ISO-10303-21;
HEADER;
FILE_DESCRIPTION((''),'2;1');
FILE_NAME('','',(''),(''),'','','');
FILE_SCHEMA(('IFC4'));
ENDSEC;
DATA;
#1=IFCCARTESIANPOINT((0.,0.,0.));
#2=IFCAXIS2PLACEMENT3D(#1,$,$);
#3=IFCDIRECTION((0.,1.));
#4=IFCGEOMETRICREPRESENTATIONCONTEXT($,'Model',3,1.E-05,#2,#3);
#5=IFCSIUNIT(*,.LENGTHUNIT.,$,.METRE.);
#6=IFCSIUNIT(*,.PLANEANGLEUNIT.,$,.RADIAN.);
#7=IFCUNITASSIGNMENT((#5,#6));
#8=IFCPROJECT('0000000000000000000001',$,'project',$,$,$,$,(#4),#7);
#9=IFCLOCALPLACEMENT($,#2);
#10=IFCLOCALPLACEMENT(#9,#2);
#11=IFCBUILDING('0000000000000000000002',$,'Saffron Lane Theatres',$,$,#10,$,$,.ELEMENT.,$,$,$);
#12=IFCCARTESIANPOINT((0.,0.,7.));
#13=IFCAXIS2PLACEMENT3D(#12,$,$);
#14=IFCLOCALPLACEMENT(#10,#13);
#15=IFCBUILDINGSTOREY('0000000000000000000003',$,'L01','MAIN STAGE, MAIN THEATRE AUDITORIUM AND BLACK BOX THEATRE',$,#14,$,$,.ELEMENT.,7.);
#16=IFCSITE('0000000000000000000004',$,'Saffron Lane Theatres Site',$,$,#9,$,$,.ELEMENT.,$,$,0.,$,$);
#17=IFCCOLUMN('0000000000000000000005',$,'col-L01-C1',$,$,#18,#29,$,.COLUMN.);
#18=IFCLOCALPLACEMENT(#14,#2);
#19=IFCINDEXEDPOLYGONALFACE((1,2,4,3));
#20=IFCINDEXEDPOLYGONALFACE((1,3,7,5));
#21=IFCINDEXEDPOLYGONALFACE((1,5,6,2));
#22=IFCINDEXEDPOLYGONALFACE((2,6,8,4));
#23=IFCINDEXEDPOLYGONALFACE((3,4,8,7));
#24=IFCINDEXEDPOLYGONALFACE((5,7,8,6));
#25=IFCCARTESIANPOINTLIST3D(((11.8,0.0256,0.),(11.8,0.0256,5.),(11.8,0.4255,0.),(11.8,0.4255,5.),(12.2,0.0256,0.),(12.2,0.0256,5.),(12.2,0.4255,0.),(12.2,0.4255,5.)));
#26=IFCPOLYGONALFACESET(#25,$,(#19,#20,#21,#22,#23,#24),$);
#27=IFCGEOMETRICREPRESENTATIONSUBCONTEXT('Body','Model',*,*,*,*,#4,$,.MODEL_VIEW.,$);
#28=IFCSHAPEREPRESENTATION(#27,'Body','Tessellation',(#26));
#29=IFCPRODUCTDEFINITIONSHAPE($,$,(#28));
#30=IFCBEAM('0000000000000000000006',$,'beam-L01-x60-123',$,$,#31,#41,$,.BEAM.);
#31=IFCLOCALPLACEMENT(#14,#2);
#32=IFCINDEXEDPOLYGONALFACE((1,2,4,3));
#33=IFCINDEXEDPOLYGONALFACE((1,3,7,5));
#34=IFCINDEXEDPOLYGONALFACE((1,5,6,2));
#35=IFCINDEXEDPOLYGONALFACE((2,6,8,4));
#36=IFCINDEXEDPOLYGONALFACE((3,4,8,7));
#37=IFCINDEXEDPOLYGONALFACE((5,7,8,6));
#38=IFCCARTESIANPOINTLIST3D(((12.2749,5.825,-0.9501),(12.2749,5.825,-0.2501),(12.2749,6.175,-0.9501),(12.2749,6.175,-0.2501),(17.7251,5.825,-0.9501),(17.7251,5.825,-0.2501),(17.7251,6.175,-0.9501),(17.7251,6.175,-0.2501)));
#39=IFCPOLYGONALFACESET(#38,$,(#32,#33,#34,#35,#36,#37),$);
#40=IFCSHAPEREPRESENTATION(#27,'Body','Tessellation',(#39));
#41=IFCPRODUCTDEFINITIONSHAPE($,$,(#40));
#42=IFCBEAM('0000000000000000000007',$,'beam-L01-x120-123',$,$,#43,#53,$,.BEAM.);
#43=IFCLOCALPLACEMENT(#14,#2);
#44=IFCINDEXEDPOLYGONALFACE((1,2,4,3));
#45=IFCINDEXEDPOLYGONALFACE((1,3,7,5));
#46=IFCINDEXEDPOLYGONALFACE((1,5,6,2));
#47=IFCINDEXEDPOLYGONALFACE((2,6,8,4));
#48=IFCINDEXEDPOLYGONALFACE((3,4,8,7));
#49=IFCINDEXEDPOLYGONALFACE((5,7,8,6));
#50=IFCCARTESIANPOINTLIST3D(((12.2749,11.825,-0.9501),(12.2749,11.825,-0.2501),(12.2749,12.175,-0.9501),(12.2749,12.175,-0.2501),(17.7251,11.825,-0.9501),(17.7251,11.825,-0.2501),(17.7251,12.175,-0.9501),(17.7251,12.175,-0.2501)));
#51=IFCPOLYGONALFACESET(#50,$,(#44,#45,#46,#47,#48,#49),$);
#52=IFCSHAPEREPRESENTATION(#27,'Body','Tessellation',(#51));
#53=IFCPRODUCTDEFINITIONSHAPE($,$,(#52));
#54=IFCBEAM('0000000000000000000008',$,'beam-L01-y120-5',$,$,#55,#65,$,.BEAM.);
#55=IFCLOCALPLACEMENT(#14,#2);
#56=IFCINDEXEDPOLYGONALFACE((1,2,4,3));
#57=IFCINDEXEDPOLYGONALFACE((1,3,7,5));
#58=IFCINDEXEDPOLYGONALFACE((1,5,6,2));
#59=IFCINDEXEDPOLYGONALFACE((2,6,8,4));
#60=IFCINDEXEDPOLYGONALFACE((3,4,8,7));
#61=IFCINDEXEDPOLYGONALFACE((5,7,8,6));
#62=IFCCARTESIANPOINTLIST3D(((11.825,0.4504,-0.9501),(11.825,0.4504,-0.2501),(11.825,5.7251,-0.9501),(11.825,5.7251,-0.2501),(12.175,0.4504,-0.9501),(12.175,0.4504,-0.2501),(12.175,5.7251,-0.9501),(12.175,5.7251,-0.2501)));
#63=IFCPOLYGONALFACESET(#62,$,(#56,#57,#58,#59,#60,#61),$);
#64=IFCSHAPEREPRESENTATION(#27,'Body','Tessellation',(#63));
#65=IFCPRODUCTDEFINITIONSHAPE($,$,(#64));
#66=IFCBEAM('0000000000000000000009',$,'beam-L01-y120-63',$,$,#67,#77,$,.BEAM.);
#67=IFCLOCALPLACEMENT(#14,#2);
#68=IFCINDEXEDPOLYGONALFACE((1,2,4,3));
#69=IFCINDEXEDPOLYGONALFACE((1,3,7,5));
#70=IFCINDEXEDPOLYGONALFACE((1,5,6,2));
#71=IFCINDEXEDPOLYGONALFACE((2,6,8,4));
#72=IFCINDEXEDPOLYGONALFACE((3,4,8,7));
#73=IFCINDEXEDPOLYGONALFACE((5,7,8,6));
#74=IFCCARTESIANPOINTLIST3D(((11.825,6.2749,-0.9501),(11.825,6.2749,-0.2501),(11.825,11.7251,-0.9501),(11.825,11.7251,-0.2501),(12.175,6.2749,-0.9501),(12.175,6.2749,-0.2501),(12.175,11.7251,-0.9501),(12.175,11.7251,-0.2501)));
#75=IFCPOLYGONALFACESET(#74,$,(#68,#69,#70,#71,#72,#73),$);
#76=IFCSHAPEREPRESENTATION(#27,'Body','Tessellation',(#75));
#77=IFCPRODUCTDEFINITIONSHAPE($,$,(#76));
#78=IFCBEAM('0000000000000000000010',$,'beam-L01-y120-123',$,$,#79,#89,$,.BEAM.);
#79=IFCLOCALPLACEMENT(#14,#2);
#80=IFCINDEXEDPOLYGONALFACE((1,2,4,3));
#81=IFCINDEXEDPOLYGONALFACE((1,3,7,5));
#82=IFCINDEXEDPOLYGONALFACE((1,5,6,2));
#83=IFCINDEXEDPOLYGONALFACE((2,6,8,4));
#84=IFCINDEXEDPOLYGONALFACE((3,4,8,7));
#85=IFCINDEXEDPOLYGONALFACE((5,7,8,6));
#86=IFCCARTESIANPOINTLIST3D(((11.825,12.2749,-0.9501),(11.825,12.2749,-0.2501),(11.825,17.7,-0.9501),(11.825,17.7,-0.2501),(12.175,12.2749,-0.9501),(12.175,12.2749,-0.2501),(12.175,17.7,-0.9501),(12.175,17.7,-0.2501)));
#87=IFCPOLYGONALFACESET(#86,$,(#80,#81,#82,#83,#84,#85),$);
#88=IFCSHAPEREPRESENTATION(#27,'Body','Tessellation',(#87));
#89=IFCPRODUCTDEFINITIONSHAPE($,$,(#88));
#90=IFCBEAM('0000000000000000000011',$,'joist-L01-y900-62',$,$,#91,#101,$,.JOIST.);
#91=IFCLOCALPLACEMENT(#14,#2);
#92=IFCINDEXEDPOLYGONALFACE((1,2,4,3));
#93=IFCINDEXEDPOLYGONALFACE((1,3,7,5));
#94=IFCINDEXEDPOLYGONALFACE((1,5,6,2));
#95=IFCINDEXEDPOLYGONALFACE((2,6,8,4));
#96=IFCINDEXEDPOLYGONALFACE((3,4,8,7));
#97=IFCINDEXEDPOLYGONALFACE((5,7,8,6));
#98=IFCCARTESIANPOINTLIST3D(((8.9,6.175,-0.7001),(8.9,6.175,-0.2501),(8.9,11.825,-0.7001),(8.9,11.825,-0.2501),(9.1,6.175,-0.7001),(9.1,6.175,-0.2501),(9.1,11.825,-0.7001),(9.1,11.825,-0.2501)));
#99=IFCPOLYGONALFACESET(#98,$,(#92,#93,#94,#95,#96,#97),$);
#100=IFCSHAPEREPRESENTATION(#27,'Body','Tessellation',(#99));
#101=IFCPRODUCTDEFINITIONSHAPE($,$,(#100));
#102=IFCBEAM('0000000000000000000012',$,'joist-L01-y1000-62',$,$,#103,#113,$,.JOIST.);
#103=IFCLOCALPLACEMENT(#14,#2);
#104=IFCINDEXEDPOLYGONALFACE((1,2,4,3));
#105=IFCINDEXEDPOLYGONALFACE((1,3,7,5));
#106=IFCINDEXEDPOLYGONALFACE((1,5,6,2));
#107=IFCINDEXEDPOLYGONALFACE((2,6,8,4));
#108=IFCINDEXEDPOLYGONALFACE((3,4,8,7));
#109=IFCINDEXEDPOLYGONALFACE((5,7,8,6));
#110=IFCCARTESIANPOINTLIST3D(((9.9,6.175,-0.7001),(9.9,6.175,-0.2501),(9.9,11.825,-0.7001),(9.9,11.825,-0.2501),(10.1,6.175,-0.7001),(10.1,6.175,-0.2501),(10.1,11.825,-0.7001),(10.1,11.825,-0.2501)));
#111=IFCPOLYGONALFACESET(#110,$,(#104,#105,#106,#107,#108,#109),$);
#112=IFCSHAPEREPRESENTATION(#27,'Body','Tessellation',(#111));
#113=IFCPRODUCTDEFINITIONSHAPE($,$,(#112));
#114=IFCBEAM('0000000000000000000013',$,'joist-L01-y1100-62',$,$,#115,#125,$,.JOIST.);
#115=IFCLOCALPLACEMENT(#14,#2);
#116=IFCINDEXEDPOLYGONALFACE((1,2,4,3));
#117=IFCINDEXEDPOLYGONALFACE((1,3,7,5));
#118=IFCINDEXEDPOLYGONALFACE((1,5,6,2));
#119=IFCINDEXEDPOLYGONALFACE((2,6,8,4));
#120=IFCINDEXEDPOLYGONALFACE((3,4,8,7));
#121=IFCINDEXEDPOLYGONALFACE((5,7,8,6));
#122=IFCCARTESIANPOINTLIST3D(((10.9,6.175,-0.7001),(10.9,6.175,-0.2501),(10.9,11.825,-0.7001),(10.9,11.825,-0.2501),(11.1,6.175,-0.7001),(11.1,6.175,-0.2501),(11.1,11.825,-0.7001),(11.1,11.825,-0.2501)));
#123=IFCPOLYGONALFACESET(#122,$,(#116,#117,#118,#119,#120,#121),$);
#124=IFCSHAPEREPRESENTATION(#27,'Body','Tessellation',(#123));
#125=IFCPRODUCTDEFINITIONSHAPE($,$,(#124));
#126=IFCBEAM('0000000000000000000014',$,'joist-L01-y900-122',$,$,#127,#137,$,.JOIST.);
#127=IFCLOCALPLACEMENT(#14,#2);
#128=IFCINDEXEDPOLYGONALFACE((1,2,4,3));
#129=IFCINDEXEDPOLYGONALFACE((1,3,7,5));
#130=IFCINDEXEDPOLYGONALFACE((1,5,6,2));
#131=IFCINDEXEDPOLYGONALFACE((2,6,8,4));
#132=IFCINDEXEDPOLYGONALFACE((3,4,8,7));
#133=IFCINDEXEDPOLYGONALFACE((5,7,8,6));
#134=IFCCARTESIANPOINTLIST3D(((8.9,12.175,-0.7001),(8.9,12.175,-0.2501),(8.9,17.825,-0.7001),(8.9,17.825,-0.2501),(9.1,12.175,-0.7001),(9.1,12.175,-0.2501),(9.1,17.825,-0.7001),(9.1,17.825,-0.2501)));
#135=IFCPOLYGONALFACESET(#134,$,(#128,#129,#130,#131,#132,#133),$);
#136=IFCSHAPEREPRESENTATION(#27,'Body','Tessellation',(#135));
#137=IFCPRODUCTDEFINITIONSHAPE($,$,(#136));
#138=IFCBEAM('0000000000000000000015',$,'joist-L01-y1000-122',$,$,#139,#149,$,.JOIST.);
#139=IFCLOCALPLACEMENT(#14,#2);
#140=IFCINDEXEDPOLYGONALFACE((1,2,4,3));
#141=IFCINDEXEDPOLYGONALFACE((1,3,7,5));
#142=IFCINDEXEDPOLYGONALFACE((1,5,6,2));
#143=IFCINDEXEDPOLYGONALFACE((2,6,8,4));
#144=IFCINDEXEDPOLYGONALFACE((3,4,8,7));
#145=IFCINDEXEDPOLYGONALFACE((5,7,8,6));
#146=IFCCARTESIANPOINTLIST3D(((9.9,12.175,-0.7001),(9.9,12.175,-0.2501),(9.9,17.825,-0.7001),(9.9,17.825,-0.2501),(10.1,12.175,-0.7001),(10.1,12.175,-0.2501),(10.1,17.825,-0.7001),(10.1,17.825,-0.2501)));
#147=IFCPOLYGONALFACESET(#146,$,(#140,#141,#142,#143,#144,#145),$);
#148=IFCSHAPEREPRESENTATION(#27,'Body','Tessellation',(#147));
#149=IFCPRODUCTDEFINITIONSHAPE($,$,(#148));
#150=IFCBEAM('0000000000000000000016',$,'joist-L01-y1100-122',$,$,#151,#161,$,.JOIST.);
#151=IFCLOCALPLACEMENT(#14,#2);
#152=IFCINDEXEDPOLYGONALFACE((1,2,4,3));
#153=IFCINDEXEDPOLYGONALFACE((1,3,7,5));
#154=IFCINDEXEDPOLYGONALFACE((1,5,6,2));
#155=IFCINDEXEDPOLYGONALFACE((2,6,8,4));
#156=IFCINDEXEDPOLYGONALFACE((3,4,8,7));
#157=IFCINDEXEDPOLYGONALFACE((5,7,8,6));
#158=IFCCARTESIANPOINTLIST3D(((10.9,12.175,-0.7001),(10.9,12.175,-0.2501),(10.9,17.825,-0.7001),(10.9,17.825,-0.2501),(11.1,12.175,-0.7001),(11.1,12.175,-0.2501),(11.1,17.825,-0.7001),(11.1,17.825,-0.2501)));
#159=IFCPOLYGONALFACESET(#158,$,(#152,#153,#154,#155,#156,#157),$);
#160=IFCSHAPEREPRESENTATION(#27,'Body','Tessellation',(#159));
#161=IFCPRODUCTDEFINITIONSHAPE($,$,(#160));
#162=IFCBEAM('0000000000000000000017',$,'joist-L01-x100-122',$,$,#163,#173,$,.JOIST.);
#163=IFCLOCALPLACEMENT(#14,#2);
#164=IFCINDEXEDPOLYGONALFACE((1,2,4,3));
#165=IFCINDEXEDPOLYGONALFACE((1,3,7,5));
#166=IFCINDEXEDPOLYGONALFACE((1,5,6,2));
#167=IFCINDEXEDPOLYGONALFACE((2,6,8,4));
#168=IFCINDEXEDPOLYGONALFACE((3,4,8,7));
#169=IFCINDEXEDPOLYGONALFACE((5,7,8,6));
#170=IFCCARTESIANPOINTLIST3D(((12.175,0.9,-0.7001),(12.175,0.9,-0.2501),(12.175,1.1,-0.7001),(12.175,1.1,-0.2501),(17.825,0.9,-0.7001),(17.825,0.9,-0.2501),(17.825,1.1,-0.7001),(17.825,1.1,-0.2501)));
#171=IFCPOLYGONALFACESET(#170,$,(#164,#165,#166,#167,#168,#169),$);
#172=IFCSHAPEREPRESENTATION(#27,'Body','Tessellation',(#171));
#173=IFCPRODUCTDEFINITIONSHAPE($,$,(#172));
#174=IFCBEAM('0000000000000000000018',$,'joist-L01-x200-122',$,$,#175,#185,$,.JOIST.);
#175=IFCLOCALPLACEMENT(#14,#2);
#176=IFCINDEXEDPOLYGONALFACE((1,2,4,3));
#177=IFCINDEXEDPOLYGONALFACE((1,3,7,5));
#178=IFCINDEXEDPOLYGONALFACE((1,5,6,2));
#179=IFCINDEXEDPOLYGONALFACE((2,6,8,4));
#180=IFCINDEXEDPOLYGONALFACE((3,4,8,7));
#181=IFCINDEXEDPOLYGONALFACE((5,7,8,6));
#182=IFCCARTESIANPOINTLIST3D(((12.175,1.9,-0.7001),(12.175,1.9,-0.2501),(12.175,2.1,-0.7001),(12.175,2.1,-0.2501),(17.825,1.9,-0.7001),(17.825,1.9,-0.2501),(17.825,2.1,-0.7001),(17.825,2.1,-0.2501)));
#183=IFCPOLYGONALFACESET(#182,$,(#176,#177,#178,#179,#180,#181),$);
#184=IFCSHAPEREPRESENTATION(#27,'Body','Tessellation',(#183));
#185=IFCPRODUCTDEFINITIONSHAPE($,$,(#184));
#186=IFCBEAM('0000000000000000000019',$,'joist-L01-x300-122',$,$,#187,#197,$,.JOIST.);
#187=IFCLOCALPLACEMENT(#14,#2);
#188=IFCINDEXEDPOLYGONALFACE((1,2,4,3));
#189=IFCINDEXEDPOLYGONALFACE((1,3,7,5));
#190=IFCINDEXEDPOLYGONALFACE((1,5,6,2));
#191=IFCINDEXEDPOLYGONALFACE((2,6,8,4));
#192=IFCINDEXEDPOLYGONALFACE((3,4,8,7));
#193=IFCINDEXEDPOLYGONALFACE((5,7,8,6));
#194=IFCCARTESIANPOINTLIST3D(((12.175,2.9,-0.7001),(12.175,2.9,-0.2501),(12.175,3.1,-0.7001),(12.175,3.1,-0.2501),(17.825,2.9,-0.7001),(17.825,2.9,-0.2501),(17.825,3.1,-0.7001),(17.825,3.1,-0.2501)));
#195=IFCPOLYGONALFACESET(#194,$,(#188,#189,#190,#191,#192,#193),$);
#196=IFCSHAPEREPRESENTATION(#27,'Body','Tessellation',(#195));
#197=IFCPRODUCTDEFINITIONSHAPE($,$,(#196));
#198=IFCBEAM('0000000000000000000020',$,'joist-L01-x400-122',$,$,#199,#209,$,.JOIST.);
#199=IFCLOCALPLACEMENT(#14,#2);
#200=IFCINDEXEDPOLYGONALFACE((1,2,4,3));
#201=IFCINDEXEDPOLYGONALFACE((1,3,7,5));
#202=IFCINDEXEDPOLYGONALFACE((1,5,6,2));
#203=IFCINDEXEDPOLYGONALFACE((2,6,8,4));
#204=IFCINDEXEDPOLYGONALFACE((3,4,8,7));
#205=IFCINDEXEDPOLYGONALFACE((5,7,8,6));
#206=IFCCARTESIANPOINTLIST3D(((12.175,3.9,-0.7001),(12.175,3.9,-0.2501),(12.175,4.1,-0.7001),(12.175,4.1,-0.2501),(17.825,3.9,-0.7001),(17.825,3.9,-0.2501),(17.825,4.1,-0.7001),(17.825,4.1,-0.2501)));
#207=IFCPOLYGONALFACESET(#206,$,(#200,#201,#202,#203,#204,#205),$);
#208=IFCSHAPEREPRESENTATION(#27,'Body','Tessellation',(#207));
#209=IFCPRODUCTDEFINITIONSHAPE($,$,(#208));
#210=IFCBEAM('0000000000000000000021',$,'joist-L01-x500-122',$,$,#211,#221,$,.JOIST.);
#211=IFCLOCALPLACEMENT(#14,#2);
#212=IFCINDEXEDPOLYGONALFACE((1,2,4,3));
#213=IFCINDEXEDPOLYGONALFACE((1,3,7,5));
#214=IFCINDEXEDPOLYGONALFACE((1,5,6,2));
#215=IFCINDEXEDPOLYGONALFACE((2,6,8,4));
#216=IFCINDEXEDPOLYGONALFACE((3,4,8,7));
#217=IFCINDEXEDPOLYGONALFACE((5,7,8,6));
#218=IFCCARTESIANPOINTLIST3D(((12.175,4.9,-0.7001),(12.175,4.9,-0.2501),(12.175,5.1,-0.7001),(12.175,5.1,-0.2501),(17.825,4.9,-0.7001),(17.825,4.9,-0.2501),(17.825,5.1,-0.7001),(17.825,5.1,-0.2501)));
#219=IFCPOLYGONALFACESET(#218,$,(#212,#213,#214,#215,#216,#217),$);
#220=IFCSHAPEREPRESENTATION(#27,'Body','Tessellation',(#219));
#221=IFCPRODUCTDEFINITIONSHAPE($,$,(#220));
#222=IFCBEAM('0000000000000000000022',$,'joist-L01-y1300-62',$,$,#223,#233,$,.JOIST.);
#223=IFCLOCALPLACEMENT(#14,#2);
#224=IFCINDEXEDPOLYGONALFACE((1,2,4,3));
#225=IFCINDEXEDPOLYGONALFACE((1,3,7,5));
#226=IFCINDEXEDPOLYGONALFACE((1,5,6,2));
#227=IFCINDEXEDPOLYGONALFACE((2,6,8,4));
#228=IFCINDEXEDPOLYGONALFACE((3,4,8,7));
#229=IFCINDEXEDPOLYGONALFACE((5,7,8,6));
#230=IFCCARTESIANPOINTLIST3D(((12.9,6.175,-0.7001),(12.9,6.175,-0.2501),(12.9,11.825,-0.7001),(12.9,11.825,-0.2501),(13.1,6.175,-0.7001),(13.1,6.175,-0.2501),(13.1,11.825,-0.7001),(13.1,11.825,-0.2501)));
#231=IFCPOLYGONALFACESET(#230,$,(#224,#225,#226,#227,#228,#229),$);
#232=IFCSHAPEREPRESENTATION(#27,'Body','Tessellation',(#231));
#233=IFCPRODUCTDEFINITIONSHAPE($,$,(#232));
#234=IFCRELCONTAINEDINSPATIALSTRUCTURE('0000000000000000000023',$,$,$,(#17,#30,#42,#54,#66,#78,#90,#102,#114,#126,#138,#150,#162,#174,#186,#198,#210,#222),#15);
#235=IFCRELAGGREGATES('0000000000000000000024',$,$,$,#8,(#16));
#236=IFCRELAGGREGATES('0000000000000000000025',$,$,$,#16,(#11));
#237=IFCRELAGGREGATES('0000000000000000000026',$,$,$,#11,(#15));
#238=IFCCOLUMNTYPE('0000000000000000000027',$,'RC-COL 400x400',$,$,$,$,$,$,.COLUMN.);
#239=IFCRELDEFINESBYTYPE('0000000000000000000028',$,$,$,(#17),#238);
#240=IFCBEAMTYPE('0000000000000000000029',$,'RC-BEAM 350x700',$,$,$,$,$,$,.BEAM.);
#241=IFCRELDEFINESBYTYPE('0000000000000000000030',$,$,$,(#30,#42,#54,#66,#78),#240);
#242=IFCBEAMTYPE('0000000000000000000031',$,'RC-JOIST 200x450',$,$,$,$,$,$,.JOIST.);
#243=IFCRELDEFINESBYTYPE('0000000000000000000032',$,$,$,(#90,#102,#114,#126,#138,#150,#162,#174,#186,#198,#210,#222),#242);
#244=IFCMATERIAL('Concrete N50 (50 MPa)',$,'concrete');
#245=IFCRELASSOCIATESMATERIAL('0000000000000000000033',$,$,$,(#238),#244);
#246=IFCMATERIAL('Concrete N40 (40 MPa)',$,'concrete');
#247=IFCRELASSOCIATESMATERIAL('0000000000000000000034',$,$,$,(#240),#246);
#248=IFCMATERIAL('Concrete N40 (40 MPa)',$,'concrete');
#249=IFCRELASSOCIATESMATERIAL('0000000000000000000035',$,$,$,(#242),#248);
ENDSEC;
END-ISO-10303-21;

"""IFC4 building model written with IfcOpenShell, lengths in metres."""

from ifc_helpers import new_model, si_unit, direction, frame, origin, origin_2d, place, context, subcontext, project, spatial, rectangle, extrude, material, material_profile, profile_set, type_object, element, save


model = new_model("IFC4")

# Units and contexts
model_context = context("Model", 3, precision=1e-05, world=origin(), true_north=direction((0.0, 1.0)))
body_context = subcontext(model_context, "Body", "Model", "MODEL_VIEW")
ifc_project = project(units=[si_unit("LENGTHUNIT", "METRE"), si_unit("PLANEANGLEUNIT", "RADIAN")], contexts=[model_context])

# Site, building, storey
site_placement = place(None, origin())
site = spatial("IfcSite", under=ifc_project, at=site_placement, Name="Saffron Lane Theatres Site", CompositionType="ELEMENT", RefElevation=0.0)
building_placement = place(site_placement, origin())
building = spatial("IfcBuilding", under=site, at=building_placement, Name="Saffron Lane Theatres", CompositionType="ELEMENT")
storey_placement = place(building_placement, frame((0.0, 0.0, 7.0)))
storey = spatial("IfcBuildingStorey", under=building, at=storey_placement, Name="L01", Description="MAIN STAGE, MAIN THEATRE AUDITORIUM AND BLACK BOX THEATRE", CompositionType="ELEMENT", Elevation=7.0)

# Column
ifc_material_1 = material(Name="Concrete N50 (50 MPa)", Category="concrete")
ifc_material_profile_1 = material_profile(ifc_material_1, rectangle(XDim=0.3999, YDim=0.3999, at=origin_2d()))
ifc_profile_set_1 = profile_set([ifc_material_profile_1], Name="Concrete N50 (50 MPa)")
column_type = type_object("IfcColumnType", Name="RC-COL 400x400", PredefinedType="COLUMN", material=ifc_profile_set_1)
column_placement = place(storey_placement, frame((12.0, 0.2256, 0.0), z_axis=(0.0, 0.0, 1.0), x_axis=(1.0, 0.0, 0.0)))
element("IfcColumn", 1, at=column_placement, inside=storey, type_object=column_type, Name="col-L01-C1", PredefinedType="COLUMN", context=body_context, shape_type="SweptSolid", body=[
    extrude(rectangle(XDim=0.3999, YDim=0.3999, at=origin_2d()), origin(), (0.0, 0.0, 1.0), 5.0),
])

# Beams
ifc_material_2 = material(Name="Concrete N40 (40 MPa)", Category="concrete")
ifc_material_profile_2 = material_profile(ifc_material_2, rectangle(XDim=0.3501, YDim=0.7, at=origin_2d()))
ifc_profile_set_2 = profile_set([ifc_material_profile_2], Name="Concrete N40 (40 MPa)")
beam_type_1 = type_object("IfcBeamType", Name="RC-BEAM 350x700", PredefinedType="BEAM", material=ifc_profile_set_2)
for number, where, z_axis, x_axis, name in (
    (2, (12.2749, 6.0, -0.6001), (1.0, 0.0, 0.0), (0.0, 1.0, 0.0), "beam-L01-x60-123"),
    (3, (12.2749, 12.0, -0.6001), (1.0, 0.0, 0.0), (0.0, 1.0, 0.0), "beam-L01-x120-123"),
):
    element("IfcBeam", number, at=place(storey_placement, frame(where, z_axis=z_axis, x_axis=x_axis)), inside=storey, type_object=beam_type_1, Name=name, PredefinedType="BEAM", context=body_context, shape_type="SweptSolid", body=[
        extrude(rectangle(XDim=0.3501, YDim=0.7, at=origin_2d()), origin(), (0.0, 0.0, 1.0), 5.4502),
    ])
beam_1_placement = place(storey_placement, frame((12.0, 0.4504, -0.6001), z_axis=(0.0, 1.0, 0.0), x_axis=(-1.0, 0.0, 0.0)))
element("IfcBeam", 4, at=beam_1_placement, inside=storey, type_object=beam_type_1, Name="beam-L01-y120-5", PredefinedType="BEAM", context=body_context, shape_type="SweptSolid", body=[
    extrude(rectangle(XDim=0.3501, YDim=0.7, at=origin_2d()), origin(), (0.0, 0.0, 1.0), 5.2747),
])
beam_2_placement = place(storey_placement, frame((12.0, 6.2749, -0.6001), z_axis=(0.0, 1.0, 0.0), x_axis=(-1.0, 0.0, 0.0)))
element("IfcBeam", 5, at=beam_2_placement, inside=storey, type_object=beam_type_1, Name="beam-L01-y120-63", PredefinedType="BEAM", context=body_context, shape_type="SweptSolid", body=[
    extrude(rectangle(XDim=0.3501, YDim=0.7, at=origin_2d()), origin(), (0.0, 0.0, 1.0), 5.4502),
])
beam_3_placement = place(storey_placement, frame((12.0, 12.2749, -0.6001), z_axis=(0.0, 1.0, 0.0), x_axis=(-1.0, 0.0, 0.0)))
element("IfcBeam", 6, at=beam_3_placement, inside=storey, type_object=beam_type_1, Name="beam-L01-y120-123", PredefinedType="BEAM", context=body_context, shape_type="SweptSolid", body=[
    extrude(rectangle(XDim=0.3501, YDim=0.7, at=origin_2d()), origin(), (0.0, 0.0, 1.0), 5.425),
])
ifc_material_3 = material(Name="Concrete N40 (40 MPa)", Category="concrete")
ifc_material_profile_3 = material_profile(ifc_material_3, rectangle(XDim=0.2, YDim=0.45, at=origin_2d()))
ifc_profile_set_3 = profile_set([ifc_material_profile_3], Name="Concrete N40 (40 MPa)")
beam_type_2 = type_object("IfcBeamType", Name="RC-JOIST 200x450", PredefinedType="JOIST", material=ifc_profile_set_3)
for number, where, z_axis, x_axis, name in (
    (7, (9.0, 6.175, -0.4751), (0.0, 1.0, 0.0), (-1.0, 0.0, 0.0), "joist-L01-y900-62"),
    (8, (10.0, 6.175, -0.4751), (0.0, 1.0, 0.0), (-1.0, 0.0, 0.0), "joist-L01-y1000-62"),
    (9, (11.0, 6.175, -0.4751), (0.0, 1.0, 0.0), (-1.0, 0.0, 0.0), "joist-L01-y1100-62"),
    (10, (9.0, 12.175, -0.4751), (0.0, 1.0, 0.0), (-1.0, 0.0, 0.0), "joist-L01-y900-122"),
    (11, (10.0, 12.175, -0.4751), (0.0, 1.0, 0.0), (-1.0, 0.0, 0.0), "joist-L01-y1000-122"),
    (12, (11.0, 12.175, -0.4751), (0.0, 1.0, 0.0), (-1.0, 0.0, 0.0), "joist-L01-y1100-122"),
    (13, (12.175, 1.0, -0.4751), (1.0, 0.0, 0.0), (0.0, 1.0, 0.0), "joist-L01-x100-122"),
    (14, (12.175, 2.0, -0.4751), (1.0, 0.0, 0.0), (0.0, 1.0, 0.0), "joist-L01-x200-122"),
    (15, (12.175, 3.0, -0.4751), (1.0, 0.0, 0.0), (0.0, 1.0, 0.0), "joist-L01-x300-122"),
    (16, (12.175, 4.0, -0.4751), (1.0, 0.0, 0.0), (0.0, 1.0, 0.0), "joist-L01-x400-122"),
    (17, (12.175, 5.0, -0.4751), (1.0, 0.0, 0.0), (0.0, 1.0, 0.0), "joist-L01-x500-122"),
    (18, (13.0, 6.175, -0.4751), (0.0, 1.0, 0.0), (-1.0, 0.0, 0.0), "joist-L01-y1300-62"),
):
    element("IfcBeam", number, at=place(storey_placement, frame(where, z_axis=z_axis, x_axis=x_axis)), inside=storey, type_object=beam_type_2, Name=name, PredefinedType="JOIST", context=body_context, shape_type="SweptSolid", body=[
        extrude(rectangle(XDim=0.2, YDim=0.45, at=origin_2d()), origin(), (0.0, 0.0, 1.0), 5.6499),
    ])

save(model, "model.ifc")
